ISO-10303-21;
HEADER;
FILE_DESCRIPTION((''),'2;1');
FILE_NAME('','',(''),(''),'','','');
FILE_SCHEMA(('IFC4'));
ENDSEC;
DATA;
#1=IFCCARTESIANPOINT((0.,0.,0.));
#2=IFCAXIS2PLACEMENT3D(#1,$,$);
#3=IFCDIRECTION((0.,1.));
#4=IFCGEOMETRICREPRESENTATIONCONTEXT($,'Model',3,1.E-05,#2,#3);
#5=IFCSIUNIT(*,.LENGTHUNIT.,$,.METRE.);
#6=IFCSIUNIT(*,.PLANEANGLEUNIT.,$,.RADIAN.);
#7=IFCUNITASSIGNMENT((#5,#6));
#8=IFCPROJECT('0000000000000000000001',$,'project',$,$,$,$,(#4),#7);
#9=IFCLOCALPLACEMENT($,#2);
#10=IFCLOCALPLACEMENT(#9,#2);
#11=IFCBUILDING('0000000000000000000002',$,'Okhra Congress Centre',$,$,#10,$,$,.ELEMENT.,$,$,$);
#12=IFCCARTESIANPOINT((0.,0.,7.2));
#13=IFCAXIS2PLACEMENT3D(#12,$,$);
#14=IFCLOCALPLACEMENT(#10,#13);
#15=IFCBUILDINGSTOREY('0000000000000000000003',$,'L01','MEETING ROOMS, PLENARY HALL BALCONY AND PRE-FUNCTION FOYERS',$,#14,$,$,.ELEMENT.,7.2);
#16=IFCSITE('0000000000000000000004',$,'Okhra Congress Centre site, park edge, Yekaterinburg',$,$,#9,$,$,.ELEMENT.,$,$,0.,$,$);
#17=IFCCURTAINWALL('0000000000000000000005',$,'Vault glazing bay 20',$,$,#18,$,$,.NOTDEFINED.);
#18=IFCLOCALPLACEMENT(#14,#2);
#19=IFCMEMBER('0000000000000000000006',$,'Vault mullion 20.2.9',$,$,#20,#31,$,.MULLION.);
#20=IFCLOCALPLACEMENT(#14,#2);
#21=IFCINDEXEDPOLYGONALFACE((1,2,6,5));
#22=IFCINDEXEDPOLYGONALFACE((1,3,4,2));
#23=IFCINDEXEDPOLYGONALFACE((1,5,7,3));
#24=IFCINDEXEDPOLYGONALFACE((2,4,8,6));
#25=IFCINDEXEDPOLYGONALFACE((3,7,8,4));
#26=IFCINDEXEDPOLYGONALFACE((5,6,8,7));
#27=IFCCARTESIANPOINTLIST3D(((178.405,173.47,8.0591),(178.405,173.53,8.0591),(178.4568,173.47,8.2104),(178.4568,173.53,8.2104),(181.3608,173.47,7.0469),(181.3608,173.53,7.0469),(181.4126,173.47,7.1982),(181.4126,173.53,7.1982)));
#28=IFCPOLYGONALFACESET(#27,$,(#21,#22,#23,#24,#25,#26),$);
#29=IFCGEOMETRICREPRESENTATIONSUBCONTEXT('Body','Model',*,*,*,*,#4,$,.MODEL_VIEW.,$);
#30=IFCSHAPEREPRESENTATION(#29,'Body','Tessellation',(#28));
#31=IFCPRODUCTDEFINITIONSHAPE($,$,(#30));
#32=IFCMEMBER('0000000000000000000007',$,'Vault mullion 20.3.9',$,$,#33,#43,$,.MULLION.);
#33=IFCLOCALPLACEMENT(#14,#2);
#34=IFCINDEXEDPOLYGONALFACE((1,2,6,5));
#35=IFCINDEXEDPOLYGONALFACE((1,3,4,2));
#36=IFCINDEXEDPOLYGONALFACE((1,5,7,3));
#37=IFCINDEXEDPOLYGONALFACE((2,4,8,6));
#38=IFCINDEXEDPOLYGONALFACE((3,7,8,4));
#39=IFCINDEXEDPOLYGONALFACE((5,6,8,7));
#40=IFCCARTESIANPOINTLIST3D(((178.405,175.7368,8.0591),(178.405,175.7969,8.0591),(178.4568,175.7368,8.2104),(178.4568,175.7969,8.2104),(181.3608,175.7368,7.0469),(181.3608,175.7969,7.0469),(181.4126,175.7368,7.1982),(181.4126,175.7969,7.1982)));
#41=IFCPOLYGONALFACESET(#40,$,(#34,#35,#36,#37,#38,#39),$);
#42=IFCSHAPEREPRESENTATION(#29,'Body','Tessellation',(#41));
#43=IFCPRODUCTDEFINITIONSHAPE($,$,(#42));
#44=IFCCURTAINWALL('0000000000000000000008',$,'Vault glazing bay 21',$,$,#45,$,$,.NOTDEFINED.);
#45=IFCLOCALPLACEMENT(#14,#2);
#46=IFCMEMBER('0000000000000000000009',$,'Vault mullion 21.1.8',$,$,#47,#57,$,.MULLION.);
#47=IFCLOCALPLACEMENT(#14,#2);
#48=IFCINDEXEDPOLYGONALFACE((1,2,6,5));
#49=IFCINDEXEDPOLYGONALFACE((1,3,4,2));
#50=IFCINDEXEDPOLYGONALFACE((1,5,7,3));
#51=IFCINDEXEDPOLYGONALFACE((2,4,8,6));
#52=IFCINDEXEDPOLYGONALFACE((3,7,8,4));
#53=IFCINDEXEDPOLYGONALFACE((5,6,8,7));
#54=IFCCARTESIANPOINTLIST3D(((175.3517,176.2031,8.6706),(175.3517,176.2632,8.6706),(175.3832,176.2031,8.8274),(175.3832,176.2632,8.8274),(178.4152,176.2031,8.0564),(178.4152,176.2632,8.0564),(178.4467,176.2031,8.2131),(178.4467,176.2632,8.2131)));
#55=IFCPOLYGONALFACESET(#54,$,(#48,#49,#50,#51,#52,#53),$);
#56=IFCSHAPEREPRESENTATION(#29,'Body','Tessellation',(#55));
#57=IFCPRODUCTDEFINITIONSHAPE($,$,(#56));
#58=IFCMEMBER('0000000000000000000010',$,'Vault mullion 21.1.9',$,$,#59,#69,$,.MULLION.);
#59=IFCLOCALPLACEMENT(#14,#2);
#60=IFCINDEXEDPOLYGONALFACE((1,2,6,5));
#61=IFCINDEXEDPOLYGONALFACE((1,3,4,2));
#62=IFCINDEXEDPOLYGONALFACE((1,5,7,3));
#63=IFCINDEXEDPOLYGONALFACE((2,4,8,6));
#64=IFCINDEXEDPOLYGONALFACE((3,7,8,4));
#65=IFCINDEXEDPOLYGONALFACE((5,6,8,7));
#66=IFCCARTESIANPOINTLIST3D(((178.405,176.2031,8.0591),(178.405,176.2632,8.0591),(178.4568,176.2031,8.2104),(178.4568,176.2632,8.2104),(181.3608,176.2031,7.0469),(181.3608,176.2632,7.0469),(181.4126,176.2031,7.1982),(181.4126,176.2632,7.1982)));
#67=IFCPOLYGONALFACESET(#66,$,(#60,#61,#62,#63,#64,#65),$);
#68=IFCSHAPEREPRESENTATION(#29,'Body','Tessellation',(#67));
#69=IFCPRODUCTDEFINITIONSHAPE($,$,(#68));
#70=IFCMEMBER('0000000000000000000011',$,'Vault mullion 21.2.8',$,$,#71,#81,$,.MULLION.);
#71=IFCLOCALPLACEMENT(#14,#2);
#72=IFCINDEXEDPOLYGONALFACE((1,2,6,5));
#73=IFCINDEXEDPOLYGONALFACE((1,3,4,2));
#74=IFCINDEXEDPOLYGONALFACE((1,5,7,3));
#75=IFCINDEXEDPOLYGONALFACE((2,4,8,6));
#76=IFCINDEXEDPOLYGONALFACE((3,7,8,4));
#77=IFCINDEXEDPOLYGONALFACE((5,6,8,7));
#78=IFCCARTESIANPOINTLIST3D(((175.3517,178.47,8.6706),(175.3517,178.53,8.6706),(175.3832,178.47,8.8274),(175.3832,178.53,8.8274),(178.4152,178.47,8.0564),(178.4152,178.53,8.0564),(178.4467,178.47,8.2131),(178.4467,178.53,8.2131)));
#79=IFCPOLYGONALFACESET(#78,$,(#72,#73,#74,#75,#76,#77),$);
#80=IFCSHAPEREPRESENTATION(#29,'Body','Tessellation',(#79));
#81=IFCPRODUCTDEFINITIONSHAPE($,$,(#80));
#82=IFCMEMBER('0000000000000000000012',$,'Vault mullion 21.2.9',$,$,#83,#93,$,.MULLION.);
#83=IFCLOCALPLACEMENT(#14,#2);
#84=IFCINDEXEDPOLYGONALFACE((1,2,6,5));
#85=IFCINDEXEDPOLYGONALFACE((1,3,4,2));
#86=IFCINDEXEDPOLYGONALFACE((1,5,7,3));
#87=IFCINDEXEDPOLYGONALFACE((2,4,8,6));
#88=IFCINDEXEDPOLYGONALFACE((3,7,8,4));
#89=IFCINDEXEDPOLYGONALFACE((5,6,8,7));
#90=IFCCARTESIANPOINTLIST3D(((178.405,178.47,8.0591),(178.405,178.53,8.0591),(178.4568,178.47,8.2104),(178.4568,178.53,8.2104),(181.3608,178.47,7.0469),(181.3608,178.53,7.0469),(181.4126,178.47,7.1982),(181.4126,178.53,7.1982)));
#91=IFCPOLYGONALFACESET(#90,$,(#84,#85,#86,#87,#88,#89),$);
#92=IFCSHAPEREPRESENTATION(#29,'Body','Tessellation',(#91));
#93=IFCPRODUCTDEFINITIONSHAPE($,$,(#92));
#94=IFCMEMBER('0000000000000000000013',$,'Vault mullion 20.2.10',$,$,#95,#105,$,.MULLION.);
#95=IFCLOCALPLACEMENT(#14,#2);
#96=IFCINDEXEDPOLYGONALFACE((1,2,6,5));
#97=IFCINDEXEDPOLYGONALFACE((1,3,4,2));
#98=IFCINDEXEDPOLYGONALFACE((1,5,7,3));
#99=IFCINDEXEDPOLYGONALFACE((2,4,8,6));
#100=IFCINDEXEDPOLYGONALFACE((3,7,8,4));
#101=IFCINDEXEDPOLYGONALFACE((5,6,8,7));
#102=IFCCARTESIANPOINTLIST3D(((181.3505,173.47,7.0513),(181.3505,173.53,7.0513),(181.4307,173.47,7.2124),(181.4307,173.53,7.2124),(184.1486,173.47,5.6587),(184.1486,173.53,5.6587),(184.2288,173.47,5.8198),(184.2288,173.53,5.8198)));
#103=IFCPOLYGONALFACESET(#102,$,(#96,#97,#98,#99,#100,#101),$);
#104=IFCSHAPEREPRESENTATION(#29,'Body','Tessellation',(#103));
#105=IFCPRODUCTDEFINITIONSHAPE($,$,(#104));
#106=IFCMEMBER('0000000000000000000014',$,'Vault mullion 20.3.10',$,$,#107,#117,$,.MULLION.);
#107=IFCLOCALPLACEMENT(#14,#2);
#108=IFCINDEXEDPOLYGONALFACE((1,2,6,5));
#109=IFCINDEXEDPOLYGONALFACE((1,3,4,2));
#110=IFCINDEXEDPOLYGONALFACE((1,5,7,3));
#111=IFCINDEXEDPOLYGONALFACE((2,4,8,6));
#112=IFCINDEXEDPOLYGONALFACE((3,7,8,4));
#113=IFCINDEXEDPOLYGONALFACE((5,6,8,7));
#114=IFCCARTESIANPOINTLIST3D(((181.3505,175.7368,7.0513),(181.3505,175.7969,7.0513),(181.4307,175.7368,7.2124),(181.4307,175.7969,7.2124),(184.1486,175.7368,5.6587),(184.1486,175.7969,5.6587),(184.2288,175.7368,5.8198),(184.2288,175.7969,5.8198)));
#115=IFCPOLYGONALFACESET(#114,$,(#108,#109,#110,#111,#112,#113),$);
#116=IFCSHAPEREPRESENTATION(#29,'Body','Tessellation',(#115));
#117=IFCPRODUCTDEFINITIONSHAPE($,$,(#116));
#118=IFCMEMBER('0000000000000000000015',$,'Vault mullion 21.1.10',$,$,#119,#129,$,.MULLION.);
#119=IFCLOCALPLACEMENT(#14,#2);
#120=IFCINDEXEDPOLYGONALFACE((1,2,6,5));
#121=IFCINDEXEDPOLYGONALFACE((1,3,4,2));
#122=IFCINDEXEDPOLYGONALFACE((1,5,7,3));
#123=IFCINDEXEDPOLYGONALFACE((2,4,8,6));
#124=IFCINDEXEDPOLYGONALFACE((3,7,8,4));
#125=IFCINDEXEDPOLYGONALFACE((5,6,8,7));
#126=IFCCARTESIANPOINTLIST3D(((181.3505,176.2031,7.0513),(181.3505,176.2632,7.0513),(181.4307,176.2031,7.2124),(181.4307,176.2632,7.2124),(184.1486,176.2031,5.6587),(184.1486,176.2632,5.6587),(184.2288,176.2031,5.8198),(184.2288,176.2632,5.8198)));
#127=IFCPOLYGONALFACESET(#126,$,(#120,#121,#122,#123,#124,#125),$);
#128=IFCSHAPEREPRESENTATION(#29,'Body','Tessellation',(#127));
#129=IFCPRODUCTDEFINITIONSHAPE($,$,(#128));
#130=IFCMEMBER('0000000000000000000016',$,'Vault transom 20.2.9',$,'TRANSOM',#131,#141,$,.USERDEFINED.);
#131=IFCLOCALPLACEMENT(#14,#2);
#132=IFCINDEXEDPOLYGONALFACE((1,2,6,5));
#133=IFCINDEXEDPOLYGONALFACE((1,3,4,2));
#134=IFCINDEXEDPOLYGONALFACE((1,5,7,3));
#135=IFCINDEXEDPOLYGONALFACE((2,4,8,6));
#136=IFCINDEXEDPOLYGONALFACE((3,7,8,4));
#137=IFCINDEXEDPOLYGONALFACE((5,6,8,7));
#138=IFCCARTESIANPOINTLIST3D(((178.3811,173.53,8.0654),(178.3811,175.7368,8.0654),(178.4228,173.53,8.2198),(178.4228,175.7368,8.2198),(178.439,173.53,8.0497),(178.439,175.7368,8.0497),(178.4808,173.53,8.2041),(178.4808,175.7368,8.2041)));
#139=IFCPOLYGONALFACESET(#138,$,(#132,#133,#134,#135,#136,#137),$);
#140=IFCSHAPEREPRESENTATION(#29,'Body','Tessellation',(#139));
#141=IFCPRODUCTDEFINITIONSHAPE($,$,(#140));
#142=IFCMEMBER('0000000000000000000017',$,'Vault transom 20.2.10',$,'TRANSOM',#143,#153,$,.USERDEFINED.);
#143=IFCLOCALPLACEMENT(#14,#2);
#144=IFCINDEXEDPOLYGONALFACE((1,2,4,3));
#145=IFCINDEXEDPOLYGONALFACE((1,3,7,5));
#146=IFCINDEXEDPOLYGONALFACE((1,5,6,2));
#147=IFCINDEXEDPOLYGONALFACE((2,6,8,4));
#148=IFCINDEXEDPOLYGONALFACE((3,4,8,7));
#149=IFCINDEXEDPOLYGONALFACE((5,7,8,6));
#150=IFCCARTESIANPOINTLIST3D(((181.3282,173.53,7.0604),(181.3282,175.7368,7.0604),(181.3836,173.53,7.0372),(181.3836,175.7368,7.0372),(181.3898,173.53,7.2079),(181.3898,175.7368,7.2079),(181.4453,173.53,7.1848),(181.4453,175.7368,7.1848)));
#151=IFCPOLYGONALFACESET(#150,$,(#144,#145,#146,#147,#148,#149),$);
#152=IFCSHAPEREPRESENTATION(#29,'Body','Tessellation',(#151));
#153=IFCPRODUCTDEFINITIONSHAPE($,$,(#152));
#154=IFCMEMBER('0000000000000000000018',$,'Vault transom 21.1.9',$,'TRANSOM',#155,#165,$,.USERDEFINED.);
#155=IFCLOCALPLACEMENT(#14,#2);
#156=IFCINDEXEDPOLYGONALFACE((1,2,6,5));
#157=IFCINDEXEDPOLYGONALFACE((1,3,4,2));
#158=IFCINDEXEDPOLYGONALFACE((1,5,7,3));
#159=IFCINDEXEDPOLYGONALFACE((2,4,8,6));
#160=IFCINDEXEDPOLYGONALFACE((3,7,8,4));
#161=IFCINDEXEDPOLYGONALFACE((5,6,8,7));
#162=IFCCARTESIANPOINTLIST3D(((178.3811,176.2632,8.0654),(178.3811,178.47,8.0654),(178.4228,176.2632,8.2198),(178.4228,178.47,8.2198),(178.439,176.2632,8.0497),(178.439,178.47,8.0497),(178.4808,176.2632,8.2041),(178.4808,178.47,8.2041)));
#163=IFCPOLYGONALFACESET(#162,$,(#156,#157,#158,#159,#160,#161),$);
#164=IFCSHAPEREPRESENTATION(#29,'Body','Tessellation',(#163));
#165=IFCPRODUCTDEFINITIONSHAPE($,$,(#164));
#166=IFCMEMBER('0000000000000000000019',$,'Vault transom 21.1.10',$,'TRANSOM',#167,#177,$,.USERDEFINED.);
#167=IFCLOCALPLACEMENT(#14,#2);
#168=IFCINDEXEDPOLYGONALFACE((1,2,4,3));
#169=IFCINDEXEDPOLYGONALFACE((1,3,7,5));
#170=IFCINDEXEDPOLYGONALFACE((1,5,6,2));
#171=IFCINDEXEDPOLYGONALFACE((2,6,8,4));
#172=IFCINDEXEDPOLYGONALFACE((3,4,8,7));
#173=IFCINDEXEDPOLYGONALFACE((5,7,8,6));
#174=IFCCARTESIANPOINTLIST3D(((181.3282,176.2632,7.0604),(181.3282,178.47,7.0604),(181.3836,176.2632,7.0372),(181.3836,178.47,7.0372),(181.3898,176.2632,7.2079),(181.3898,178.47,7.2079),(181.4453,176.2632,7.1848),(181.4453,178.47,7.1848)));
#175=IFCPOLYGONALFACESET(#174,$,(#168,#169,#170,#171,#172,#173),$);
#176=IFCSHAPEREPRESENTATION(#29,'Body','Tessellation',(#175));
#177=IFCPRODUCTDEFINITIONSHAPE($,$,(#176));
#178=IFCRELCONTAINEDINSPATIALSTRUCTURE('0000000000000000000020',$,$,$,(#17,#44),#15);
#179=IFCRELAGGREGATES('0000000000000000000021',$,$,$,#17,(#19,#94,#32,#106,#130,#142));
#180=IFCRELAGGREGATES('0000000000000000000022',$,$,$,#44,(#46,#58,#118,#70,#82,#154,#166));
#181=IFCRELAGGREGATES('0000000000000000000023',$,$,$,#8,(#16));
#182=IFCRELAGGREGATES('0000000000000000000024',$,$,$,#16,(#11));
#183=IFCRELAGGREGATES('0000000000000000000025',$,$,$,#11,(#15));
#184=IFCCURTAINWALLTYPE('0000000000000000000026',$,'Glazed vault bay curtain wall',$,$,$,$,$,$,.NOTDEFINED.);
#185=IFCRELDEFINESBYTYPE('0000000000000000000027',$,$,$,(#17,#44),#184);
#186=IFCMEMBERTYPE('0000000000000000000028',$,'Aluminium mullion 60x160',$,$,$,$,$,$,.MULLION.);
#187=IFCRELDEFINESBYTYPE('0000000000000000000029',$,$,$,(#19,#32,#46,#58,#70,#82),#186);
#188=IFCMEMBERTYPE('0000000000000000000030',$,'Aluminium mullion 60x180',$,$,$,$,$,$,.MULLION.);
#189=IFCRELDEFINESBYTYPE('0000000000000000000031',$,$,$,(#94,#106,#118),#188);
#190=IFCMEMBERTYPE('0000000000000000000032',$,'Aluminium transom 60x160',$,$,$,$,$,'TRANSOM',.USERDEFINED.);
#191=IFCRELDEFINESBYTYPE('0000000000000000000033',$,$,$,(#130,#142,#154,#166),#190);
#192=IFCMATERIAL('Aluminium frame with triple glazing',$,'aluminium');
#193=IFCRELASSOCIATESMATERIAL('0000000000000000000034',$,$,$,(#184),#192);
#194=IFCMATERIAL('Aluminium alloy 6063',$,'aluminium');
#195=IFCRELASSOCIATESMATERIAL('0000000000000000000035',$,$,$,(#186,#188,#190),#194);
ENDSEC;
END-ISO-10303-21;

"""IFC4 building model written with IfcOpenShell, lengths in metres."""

from ifc_helpers import new_model, si_unit, direction, frame, origin, origin_2d, place, context, subcontext, project, spatial, rectangle, extrude, material, material_profile, profile_set, type_object, element, aggregate, save


model = new_model("IFC4")

# Units and contexts
model_context = context("Model", 3, precision=1e-05, world=origin(), true_north=direction((0.0, 1.0)))
body_context = subcontext(model_context, "Body", "Model", "MODEL_VIEW")
ifc_project = project(units=[si_unit("LENGTHUNIT", "METRE"), si_unit("PLANEANGLEUNIT", "RADIAN")], contexts=[model_context])

# Site, building, storey
site_placement = place(None, origin())
site = spatial("IfcSite", under=ifc_project, at=site_placement, Name="Okhra Congress Centre site, park edge, Yekaterinburg", CompositionType="ELEMENT", RefElevation=0.0)
building_placement = place(site_placement, origin())
building = spatial("IfcBuilding", under=site, at=building_placement, Name="Okhra Congress Centre", CompositionType="ELEMENT")
storey_placement = place(building_placement, frame((0.0, 0.0, 7.2)))
storey = spatial("IfcBuildingStorey", under=building, at=storey_placement, Name="L01", Description="MEETING ROOMS, PLENARY HALL BALCONY AND PRE-FUNCTION FOYERS", CompositionType="ELEMENT", Elevation=7.2)

# Curtain walls, members
ifc_material_1 = material(Name="Aluminium frame with triple glazing", Category="aluminium")
curtain_wall_type = type_object("IfcCurtainWallType", Name="Glazed vault bay curtain wall", PredefinedType="NOTDEFINED", material=ifc_material_1)
curtain_wall_1_placement = place(storey_placement, origin())
curtain_wall_1 = element("IfcCurtainWall", 1, at=curtain_wall_1_placement, inside=storey, type_object=curtain_wall_type, Name="Vault glazing bay 20", PredefinedType="NOTDEFINED")
ifc_material_2 = material(Name="Aluminium alloy 6063", Category="aluminium")
ifc_material_profile_1 = material_profile(ifc_material_2, rectangle(XDim=0.0601, YDim=0.1599, at=origin_2d()), Name="AL 60x160")
ifc_profile_set_1 = profile_set([ifc_material_profile_1], Name="Aluminium alloy 6063")
member_type_1 = type_object("IfcMemberType", Name="Aluminium mullion 60x160", PredefinedType="MULLION", material=ifc_profile_set_1)
member_1_placement = place(storey_placement, frame((178.4309, 173.5, 8.1348), z_axis=(0.946065, 0.0, -0.323977), x_axis=(0.0, 1.0, 0.0)))
member_1 = element("IfcMember", 2, at=member_1_placement, type_object=member_type_1, Name="Vault mullion 20.2.9", PredefinedType="MULLION", context=body_context, shape_type="SweptSolid", body=[
    extrude(rectangle(XDim=0.0601, YDim=0.1599, at=origin_2d()), origin(), (0.0, 0.0, 1.0), 3.1243),
])
member_2_placement = place(storey_placement, frame((178.4309, 175.7668, 8.1348), z_axis=(0.946065, 0.0, -0.323977), x_axis=(0.0, 1.0, 0.0)))
member_2 = element("IfcMember", 3, at=member_2_placement, type_object=member_type_1, Name="Vault mullion 20.3.9", PredefinedType="MULLION", context=body_context, shape_type="SweptSolid", body=[
    extrude(rectangle(XDim=0.0601, YDim=0.1599, at=origin_2d()), origin(), (0.0, 0.0, 1.0), 3.1243),
])
curtain_wall_2_placement = place(storey_placement, origin())
curtain_wall_2 = element("IfcCurtainWall", 4, at=curtain_wall_2_placement, inside=storey, type_object=curtain_wall_type, Name="Vault glazing bay 21", PredefinedType="NOTDEFINED")
member_3_placement = place(storey_placement, frame((175.3674, 176.2332, 8.749), z_axis=(0.980484, 0.0, -0.196597), x_axis=(0.0, 1.0, 0.0)))
member_3 = element("IfcMember", 5, at=member_3_placement, type_object=member_type_1, Name="Vault mullion 21.1.8", PredefinedType="MULLION", context=body_context, shape_type="SweptSolid", body=[
    extrude(rectangle(XDim=0.0601, YDim=0.1599, at=origin_2d()), origin(), (0.0, 0.0, 1.0), 3.1245),
])
member_4_placement = place(storey_placement, frame((178.4309, 176.2332, 8.1348), z_axis=(0.946065, 0.0, -0.323977), x_axis=(0.0, 1.0, 0.0)))
member_4 = element("IfcMember", 6, at=member_4_placement, type_object=member_type_1, Name="Vault mullion 21.1.9", PredefinedType="MULLION", context=body_context, shape_type="SweptSolid", body=[
    extrude(rectangle(XDim=0.0601, YDim=0.1599, at=origin_2d()), origin(), (0.0, 0.0, 1.0), 3.1243),
])
member_5_placement = place(storey_placement, frame((175.3674, 178.5, 8.749), z_axis=(0.980484, 0.0, -0.196597), x_axis=(0.0, 1.0, 0.0)))
member_5 = element("IfcMember", 7, at=member_5_placement, type_object=member_type_1, Name="Vault mullion 21.2.8", PredefinedType="MULLION", context=body_context, shape_type="SweptSolid", body=[
    extrude(rectangle(XDim=0.0601, YDim=0.1599, at=origin_2d()), origin(), (0.0, 0.0, 1.0), 3.1245),
])
member_6_placement = place(storey_placement, frame((178.4309, 178.5, 8.1348), z_axis=(0.946065, 0.0, -0.323977), x_axis=(0.0, 1.0, 0.0)))
member_6 = element("IfcMember", 8, at=member_6_placement, type_object=member_type_1, Name="Vault mullion 21.2.9", PredefinedType="MULLION", context=body_context, shape_type="SweptSolid", body=[
    extrude(rectangle(XDim=0.0601, YDim=0.1599, at=origin_2d()), origin(), (0.0, 0.0, 1.0), 3.1243),
])

# Members
ifc_material_profile_2 = material_profile(ifc_material_2, rectangle(XDim=0.0601, YDim=0.1799, at=origin_2d()), Name="AL 60x180")
ifc_profile_set_2 = profile_set([ifc_material_profile_2], Name="Aluminium alloy 6063")
member_type_2 = type_object("IfcMemberType", Name="Aluminium mullion 60x180", PredefinedType="MULLION", material=ifc_profile_set_2)
member_7_placement = place(storey_placement, frame((181.3906, 173.5, 7.1318), z_axis=(0.895254, 0.0, -0.445557), x_axis=(0.0, 1.0, 0.0)))
member_7 = element("IfcMember", 9, at=member_7_placement, type_object=member_type_2, Name="Vault mullion 20.2.10", PredefinedType="MULLION", context=body_context, shape_type="SweptSolid", body=[
    extrude(rectangle(XDim=0.0601, YDim=0.1799, at=origin_2d()), origin(), (0.0, 0.0, 1.0), 3.1255),
])
member_8_placement = place(storey_placement, frame((181.3906, 175.7668, 7.1318), z_axis=(0.895254, 0.0, -0.445557), x_axis=(0.0, 1.0, 0.0)))
member_8 = element("IfcMember", 10, at=member_8_placement, type_object=member_type_2, Name="Vault mullion 20.3.10", PredefinedType="MULLION", context=body_context, shape_type="SweptSolid", body=[
    extrude(rectangle(XDim=0.0601, YDim=0.1799, at=origin_2d()), origin(), (0.0, 0.0, 1.0), 3.1255),
])
member_9_placement = place(storey_placement, frame((181.3906, 176.2332, 7.1318), z_axis=(0.895254, 0.0, -0.445557), x_axis=(0.0, 1.0, 0.0)))
member_9 = element("IfcMember", 11, at=member_9_placement, type_object=member_type_2, Name="Vault mullion 21.1.10", PredefinedType="MULLION", context=body_context, shape_type="SweptSolid", body=[
    extrude(rectangle(XDim=0.0601, YDim=0.1799, at=origin_2d()), origin(), (0.0, 0.0, 1.0), 3.1255),
])
ifc_material_profile_3 = material_profile(ifc_material_2, rectangle(XDim=0.0601, YDim=0.1599, at=origin_2d()), Name="AL 60x160 transom")
ifc_profile_set_3 = profile_set([ifc_material_profile_3], Name="Aluminium alloy 6063")
member_type_3 = type_object("IfcMemberType", Name="Aluminium transom 60x160", ElementType="TRANSOM", PredefinedType="USERDEFINED", material=ifc_profile_set_3)
member_10_placement = place(storey_placement, frame((178.4309, 173.53, 8.1348), z_axis=(0.0, 1.0, 0.0), x_axis=(-0.96538, 0.0, 0.260848)))
member_10 = element("IfcMember", 12, at=member_10_placement, type_object=member_type_3, Name="Vault transom 20.2.9", ObjectType="TRANSOM", PredefinedType="USERDEFINED", context=body_context, shape_type="SweptSolid", body=[
    extrude(rectangle(XDim=0.0601, YDim=0.1599, at=origin_2d()), origin(), (0.0, 0.0, 1.0), 2.2068),
])
member_11_placement = place(storey_placement, frame((181.3867, 173.53, 7.1226), z_axis=(0.0, 1.0, 0.0), x_axis=(-0.922669, 0.0, 0.385593)))
member_11 = element("IfcMember", 13, at=member_11_placement, type_object=member_type_3, Name="Vault transom 20.2.10", ObjectType="TRANSOM", PredefinedType="USERDEFINED", context=body_context, shape_type="SweptSolid", body=[
    extrude(rectangle(XDim=0.0601, YDim=0.1599, at=origin_2d()), origin(), (0.0, 0.0, 1.0), 2.2068),
])
member_12_placement = place(storey_placement, frame((178.4309, 176.2632, 8.1348), z_axis=(0.0, 1.0, 0.0), x_axis=(-0.96538, 0.0, 0.260848)))
member_12 = element("IfcMember", 14, at=member_12_placement, type_object=member_type_3, Name="Vault transom 21.1.9", ObjectType="TRANSOM", PredefinedType="USERDEFINED", context=body_context, shape_type="SweptSolid", body=[
    extrude(rectangle(XDim=0.0601, YDim=0.1599, at=origin_2d()), origin(), (0.0, 0.0, 1.0), 2.2068),
])
member_13_placement = place(storey_placement, frame((181.3867, 176.2632, 7.1226), z_axis=(0.0, 1.0, 0.0), x_axis=(-0.922669, 0.0, 0.385593)))
member_13 = element("IfcMember", 15, at=member_13_placement, type_object=member_type_3, Name="Vault transom 21.1.10", ObjectType="TRANSOM", PredefinedType="USERDEFINED", context=body_context, shape_type="SweptSolid", body=[
    extrude(rectangle(XDim=0.0601, YDim=0.1599, at=origin_2d()), origin(), (0.0, 0.0, 1.0), 2.2068),
])

aggregate(curtain_wall_1, [member_1, member_7, member_2, member_8, member_10, member_11])
aggregate(curtain_wall_2, [member_3, member_4, member_9, member_5, member_6, member_12, member_13])

save(model, "model.ifc")
